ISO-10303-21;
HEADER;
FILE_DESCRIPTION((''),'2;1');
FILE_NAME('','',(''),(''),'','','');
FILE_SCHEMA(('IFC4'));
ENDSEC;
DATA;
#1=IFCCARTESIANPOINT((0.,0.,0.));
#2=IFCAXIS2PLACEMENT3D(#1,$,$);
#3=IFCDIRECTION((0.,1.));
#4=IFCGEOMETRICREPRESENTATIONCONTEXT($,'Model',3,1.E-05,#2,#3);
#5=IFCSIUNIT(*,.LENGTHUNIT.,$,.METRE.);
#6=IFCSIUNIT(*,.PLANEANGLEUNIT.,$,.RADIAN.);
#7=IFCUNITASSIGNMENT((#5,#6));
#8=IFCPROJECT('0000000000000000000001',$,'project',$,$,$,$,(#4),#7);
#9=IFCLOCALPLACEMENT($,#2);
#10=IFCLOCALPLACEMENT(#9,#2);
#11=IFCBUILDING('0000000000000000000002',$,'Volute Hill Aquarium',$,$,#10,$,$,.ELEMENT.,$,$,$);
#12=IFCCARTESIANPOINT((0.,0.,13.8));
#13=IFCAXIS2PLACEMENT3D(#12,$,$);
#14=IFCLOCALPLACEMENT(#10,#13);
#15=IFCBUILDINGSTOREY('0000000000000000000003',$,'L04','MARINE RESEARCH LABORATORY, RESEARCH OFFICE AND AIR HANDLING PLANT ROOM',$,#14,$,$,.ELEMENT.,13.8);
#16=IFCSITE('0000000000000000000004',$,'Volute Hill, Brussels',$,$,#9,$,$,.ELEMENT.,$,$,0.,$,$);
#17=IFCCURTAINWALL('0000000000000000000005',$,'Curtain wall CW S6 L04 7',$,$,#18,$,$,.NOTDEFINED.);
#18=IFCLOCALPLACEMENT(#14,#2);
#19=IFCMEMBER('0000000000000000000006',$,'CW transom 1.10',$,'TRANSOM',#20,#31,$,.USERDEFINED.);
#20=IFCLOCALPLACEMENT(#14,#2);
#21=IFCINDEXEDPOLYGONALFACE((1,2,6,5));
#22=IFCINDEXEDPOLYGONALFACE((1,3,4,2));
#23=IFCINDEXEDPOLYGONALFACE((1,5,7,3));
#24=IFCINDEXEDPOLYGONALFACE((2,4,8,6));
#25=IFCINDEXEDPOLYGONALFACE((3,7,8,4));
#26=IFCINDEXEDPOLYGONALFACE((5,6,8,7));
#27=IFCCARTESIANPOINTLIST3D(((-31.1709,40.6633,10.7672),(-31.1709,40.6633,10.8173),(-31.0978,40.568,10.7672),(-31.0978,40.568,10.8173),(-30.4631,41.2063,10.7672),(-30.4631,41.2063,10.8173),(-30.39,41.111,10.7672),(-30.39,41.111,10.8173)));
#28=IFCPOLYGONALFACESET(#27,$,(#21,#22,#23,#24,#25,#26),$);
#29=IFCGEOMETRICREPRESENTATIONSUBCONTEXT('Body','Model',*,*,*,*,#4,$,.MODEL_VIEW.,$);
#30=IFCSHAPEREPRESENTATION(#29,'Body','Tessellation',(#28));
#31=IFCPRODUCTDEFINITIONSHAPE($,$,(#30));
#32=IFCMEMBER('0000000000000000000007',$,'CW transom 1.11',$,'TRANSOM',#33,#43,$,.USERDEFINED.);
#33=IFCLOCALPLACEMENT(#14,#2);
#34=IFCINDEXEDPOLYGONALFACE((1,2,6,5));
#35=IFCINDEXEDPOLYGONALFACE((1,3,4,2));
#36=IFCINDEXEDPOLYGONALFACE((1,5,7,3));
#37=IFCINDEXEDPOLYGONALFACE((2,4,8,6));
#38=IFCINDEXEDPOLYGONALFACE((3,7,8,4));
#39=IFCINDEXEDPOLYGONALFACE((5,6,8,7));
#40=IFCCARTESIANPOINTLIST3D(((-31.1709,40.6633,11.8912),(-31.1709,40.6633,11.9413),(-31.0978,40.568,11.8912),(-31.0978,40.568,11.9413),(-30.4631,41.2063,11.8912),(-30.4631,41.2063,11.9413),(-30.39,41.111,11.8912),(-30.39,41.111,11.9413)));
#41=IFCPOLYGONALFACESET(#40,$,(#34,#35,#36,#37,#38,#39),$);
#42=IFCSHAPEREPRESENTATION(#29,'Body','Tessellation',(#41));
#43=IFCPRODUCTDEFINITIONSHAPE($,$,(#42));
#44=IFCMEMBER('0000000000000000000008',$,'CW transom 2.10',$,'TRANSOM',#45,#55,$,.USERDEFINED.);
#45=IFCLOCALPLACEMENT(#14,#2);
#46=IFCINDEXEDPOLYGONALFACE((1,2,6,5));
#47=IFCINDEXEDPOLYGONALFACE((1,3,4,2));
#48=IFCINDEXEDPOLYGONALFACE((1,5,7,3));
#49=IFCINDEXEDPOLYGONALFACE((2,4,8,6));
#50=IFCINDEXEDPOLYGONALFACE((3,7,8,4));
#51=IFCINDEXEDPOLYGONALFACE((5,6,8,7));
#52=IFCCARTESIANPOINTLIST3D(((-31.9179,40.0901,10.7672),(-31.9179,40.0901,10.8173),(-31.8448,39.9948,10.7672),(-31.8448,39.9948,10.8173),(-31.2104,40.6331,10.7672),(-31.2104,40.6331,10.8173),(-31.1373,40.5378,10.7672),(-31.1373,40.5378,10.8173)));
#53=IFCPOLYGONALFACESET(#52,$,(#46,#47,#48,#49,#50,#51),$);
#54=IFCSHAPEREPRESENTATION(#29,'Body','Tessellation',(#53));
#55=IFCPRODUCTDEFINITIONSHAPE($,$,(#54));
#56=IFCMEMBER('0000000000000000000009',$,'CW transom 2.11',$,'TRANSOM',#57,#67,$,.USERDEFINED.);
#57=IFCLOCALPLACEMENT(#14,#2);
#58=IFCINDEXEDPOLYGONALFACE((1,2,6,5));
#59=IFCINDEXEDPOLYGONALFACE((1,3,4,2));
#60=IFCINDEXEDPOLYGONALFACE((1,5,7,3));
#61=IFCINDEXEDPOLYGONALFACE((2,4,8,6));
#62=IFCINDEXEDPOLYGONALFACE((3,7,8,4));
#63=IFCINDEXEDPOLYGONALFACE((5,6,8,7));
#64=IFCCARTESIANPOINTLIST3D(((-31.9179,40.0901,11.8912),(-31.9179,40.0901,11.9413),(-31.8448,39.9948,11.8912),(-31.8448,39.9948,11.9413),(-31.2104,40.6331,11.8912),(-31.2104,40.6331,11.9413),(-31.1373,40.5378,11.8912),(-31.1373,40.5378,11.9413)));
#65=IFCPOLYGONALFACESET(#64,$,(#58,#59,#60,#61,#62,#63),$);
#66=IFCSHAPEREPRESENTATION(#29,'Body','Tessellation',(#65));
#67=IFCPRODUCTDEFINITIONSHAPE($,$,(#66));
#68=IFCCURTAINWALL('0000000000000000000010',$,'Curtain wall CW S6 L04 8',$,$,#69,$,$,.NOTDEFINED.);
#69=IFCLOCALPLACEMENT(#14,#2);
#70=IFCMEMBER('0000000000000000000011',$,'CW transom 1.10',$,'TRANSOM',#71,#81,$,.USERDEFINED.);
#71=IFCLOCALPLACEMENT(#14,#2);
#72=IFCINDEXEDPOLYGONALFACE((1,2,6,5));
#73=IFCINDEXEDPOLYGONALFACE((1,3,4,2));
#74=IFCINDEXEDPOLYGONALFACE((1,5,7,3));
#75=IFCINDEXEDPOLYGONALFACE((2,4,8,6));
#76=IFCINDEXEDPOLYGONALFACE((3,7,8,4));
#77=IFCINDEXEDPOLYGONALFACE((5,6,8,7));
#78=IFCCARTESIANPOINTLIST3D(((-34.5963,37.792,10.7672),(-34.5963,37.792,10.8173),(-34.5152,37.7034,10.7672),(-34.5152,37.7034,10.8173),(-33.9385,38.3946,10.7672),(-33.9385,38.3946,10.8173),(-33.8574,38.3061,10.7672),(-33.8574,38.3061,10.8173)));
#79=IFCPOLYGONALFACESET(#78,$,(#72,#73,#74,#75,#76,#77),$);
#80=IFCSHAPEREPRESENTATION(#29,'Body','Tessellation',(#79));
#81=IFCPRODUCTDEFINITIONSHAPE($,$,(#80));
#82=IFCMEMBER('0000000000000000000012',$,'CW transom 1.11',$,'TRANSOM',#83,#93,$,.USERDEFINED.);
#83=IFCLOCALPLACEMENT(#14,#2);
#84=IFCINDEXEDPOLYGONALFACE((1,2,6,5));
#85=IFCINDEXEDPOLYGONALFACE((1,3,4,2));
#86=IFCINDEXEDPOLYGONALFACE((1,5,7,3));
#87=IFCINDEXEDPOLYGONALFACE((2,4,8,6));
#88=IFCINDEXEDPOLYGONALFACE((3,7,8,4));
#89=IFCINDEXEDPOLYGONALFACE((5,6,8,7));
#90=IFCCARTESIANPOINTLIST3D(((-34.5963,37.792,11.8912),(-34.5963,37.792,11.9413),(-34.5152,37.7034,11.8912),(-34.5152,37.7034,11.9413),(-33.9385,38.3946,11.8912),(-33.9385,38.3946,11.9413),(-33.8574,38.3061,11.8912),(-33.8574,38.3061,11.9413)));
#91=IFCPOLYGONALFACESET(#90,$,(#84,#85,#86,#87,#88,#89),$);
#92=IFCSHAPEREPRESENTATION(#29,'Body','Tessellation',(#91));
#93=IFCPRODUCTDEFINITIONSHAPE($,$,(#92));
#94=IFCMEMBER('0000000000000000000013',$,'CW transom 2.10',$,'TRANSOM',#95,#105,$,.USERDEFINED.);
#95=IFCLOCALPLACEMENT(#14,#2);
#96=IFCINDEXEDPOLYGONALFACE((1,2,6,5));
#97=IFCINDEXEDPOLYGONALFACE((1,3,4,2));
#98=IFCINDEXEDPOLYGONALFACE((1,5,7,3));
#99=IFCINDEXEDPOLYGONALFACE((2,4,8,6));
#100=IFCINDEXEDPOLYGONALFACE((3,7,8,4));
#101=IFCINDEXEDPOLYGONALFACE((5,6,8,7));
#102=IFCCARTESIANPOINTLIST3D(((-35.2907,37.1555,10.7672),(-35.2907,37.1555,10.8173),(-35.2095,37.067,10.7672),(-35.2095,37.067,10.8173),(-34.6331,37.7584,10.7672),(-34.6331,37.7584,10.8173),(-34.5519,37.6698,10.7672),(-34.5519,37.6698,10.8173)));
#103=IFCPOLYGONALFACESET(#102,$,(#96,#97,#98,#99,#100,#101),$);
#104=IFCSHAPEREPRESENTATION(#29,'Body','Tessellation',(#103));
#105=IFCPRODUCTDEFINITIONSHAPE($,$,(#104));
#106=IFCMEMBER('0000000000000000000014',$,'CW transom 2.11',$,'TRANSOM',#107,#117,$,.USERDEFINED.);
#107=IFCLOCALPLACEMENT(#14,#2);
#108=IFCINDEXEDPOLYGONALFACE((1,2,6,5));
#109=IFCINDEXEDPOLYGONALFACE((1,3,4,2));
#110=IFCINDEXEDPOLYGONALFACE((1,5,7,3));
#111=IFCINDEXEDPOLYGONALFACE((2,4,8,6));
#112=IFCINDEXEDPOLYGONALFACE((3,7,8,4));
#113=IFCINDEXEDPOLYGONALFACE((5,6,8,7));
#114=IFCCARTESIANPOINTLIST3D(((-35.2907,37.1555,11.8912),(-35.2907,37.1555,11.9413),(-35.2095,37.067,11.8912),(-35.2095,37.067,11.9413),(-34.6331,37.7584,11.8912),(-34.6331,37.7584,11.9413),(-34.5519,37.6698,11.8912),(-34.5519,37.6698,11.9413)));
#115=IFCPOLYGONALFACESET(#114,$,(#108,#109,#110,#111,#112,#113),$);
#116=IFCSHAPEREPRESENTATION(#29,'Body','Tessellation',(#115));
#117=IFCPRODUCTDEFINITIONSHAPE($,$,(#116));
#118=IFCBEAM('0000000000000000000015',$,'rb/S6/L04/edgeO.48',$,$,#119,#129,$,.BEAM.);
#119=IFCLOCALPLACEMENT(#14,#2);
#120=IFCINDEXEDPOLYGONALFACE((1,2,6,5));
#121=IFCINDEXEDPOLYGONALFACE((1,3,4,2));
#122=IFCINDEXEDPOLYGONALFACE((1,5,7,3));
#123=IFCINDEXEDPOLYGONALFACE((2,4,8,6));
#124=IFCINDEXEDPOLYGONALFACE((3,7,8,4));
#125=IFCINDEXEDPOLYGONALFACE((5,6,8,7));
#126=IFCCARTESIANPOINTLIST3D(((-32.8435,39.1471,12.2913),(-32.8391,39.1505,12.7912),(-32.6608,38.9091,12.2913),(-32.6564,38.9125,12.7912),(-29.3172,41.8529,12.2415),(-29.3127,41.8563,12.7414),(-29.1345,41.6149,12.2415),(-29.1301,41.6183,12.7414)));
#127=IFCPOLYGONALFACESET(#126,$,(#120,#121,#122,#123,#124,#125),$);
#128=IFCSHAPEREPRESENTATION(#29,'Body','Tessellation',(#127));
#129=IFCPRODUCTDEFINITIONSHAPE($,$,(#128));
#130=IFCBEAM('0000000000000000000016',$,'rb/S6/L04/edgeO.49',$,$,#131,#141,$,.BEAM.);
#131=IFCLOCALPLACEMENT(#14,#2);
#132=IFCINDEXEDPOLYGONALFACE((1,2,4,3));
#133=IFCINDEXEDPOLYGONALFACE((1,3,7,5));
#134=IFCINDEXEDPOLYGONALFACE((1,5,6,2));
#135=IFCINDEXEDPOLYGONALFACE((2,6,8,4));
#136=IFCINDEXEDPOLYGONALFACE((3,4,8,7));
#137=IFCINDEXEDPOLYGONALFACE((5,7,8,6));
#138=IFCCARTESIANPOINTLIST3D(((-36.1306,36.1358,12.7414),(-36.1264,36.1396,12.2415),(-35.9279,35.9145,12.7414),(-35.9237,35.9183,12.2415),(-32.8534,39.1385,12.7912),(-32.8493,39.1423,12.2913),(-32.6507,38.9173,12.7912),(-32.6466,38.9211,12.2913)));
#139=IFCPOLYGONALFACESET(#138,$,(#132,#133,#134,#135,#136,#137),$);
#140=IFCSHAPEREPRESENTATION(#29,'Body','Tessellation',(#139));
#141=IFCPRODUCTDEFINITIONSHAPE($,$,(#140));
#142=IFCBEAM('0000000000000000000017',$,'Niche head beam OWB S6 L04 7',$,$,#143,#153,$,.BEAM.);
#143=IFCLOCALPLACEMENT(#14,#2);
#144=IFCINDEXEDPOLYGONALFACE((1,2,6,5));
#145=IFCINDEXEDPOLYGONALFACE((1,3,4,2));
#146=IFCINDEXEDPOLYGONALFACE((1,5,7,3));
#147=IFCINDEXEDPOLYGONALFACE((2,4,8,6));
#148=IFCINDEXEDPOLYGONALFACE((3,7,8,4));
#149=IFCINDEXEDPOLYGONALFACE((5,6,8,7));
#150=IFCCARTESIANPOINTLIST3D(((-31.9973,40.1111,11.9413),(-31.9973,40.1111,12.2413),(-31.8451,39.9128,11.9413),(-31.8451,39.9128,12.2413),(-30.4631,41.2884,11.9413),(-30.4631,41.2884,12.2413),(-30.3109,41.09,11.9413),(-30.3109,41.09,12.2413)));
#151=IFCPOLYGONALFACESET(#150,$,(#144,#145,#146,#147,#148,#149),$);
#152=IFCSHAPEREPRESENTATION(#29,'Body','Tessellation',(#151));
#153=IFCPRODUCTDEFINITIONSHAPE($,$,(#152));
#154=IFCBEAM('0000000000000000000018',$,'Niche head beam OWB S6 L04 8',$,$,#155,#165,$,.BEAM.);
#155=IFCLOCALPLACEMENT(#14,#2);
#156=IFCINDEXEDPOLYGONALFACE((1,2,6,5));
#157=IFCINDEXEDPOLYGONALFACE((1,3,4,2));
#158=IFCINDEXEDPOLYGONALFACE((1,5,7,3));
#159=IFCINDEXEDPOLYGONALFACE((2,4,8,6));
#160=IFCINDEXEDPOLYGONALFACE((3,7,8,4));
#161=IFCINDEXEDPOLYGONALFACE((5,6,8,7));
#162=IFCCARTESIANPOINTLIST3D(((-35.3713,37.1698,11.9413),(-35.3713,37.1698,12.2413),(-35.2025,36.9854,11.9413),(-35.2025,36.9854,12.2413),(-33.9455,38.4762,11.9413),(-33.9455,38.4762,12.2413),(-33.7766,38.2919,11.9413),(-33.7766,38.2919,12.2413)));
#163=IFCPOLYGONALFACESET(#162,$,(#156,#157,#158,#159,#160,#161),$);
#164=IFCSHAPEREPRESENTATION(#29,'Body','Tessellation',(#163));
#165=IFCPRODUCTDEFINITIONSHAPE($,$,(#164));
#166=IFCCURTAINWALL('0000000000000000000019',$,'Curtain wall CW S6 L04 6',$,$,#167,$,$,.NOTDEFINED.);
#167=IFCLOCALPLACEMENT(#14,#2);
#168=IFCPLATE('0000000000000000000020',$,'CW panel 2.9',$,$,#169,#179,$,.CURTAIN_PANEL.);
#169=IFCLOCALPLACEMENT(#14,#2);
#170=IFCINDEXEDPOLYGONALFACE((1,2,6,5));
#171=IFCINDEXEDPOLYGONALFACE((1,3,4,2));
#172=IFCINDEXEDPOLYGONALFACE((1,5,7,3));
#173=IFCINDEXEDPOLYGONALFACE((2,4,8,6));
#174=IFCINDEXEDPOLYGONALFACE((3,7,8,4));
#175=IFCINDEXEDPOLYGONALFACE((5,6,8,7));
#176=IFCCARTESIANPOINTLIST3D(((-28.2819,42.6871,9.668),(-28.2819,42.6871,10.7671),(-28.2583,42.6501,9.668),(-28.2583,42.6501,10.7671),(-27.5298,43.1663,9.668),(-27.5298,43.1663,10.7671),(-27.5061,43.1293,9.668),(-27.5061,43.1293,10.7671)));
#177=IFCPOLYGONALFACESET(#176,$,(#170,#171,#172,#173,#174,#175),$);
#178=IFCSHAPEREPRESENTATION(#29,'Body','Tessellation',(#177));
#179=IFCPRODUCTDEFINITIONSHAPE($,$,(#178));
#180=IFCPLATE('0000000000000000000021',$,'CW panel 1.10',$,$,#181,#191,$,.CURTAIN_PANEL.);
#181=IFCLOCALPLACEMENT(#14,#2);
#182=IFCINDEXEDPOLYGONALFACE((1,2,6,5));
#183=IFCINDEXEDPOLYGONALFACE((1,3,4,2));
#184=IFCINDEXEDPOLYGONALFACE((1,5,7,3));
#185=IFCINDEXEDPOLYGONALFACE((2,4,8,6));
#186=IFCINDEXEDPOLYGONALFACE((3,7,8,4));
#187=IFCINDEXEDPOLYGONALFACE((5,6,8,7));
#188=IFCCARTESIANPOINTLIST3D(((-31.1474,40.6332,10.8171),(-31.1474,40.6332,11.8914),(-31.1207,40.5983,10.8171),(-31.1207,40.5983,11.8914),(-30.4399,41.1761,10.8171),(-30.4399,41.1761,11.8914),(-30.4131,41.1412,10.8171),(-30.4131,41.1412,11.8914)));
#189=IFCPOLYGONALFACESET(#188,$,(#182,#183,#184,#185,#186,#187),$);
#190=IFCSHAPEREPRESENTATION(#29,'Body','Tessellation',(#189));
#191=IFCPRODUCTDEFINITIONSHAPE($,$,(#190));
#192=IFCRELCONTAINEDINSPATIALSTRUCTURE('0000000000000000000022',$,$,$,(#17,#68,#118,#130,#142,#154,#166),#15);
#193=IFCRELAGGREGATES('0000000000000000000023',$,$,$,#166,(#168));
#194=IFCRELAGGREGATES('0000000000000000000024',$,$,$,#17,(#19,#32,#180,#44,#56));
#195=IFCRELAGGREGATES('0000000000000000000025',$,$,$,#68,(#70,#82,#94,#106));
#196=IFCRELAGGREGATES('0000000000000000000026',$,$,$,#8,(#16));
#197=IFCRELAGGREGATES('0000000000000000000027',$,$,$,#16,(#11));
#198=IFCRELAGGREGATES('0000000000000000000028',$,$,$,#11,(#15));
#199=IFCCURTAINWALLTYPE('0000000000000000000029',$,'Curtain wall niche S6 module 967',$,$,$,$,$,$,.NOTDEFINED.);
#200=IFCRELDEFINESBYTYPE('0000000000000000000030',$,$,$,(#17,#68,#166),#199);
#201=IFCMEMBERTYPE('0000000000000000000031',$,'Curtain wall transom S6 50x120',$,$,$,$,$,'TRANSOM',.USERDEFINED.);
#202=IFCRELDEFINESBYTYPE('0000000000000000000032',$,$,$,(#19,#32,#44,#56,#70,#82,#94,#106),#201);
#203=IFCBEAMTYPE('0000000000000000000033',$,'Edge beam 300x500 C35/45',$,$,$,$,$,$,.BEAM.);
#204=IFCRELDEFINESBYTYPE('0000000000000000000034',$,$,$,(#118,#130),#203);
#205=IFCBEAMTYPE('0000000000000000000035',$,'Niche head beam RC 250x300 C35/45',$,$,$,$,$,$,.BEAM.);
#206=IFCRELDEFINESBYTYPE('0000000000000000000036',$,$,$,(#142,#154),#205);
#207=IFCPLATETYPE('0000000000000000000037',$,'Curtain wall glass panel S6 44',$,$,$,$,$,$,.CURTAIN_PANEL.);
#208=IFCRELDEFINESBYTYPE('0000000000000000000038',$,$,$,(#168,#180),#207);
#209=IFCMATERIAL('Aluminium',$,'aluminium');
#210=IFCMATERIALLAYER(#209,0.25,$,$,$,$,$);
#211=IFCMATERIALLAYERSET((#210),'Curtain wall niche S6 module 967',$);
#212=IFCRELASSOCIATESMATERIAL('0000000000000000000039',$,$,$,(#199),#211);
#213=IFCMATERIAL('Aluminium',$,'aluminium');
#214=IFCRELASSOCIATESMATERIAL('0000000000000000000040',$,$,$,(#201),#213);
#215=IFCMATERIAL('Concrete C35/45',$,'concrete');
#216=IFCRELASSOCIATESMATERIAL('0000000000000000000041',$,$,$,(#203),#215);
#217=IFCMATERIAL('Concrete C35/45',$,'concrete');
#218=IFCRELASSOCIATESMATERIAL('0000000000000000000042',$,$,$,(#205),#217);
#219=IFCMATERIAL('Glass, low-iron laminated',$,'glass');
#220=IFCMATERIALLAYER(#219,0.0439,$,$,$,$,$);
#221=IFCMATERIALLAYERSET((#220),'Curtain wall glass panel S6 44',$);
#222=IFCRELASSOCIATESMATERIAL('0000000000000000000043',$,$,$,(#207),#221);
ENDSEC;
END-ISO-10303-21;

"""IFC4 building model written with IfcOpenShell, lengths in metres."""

from ifc_helpers import new_model, si_unit, direction, frame, origin, origin_2d, place, context, subcontext, project, spatial, rectangle, extrude, material, layer, layer_set, material_profile, profile_set, type_object, element, aggregate, save


model = new_model("IFC4")

# Units and contexts
model_context = context("Model", 3, precision=1e-05, world=origin(), true_north=direction((0.0, 1.0)))
body_context = subcontext(model_context, "Body", "Model", "MODEL_VIEW")
ifc_project = project(units=[si_unit("LENGTHUNIT", "METRE"), si_unit("PLANEANGLEUNIT", "RADIAN")], contexts=[model_context])

# Site, building, storey
site_placement = place(None, origin())
site = spatial("IfcSite", under=ifc_project, at=site_placement, Name="Volute Hill, Brussels", CompositionType="ELEMENT", RefElevation=0.0)
building_placement = place(site_placement, origin())
building = spatial("IfcBuilding", under=site, at=building_placement, Name="Volute Hill Aquarium", CompositionType="ELEMENT")
storey_placement = place(building_placement, frame((0.0, 0.0, 13.8)))
storey = spatial("IfcBuildingStorey", under=building, at=storey_placement, Name="L04", Description="MARINE RESEARCH LABORATORY, RESEARCH OFFICE AND AIR HANDLING PLANT ROOM", CompositionType="ELEMENT", Elevation=13.8)

# Curtain walls, members
ifc_material_1 = material(Name="Aluminium", Category="aluminium")
ifc_layer_1 = layer(ifc_material_1, 0.25)
ifc_layer_set_1 = layer_set([ifc_layer_1], Name="Curtain wall niche S6 module 967")
curtain_wall_type = type_object("IfcCurtainWallType", Name="Curtain wall niche S6 module 967", PredefinedType="NOTDEFINED", material=ifc_layer_set_1)
curtain_wall_1_placement = place(storey_placement, origin())
curtain_wall_1 = element("IfcCurtainWall", 1, at=curtain_wall_1_placement, inside=storey, type_object=curtain_wall_type, Name="Curtain wall CW S6 L04 7", PredefinedType="NOTDEFINED")
ifc_material_2 = material(Name="Aluminium", Category="aluminium")
ifc_material_profile_1 = material_profile(ifc_material_2, rectangle(XDim=0.1201, YDim=0.05, at=origin_2d()), Name="Curtain wall transom S6 50x120")
ifc_profile_set_1 = profile_set([ifc_material_profile_1], Name="Aluminium")
member_type = type_object("IfcMemberType", Name="Curtain wall transom S6 50x120", ElementType="TRANSOM", PredefinedType="USERDEFINED", material=ifc_profile_set_1)
member_1_placement = place(storey_placement, frame((-30.4265, 41.1587, 10.7922), z_axis=(-0.793417, -0.608679, 0.0), x_axis=(0.608679, -0.793417, 0.0)))
member_1 = element("IfcMember", 2, at=member_1_placement, type_object=member_type, Name="CW transom 1.10", ObjectType="TRANSOM", PredefinedType="USERDEFINED", context=body_context, shape_type="SweptSolid", body=[
    extrude(rectangle(XDim=0.1201, YDim=0.05, at=origin_2d()), origin(), (0.0, 0.0, 1.0), 0.8921),
])
member_2_placement = place(storey_placement, frame((-30.4265, 41.1587, 11.9163), z_axis=(-0.793417, -0.608679, 0.0), x_axis=(0.608679, -0.793417, 0.0)))
member_2 = element("IfcMember", 3, at=member_2_placement, type_object=member_type, Name="CW transom 1.11", ObjectType="TRANSOM", PredefinedType="USERDEFINED", context=body_context, shape_type="SweptSolid", body=[
    extrude(rectangle(XDim=0.1201, YDim=0.05, at=origin_2d()), origin(), (0.0, 0.0, 1.0), 0.8921),
])
member_3_placement = place(storey_placement, frame((-31.1738, 40.5854, 10.7922), z_axis=(-0.793315, -0.608811, 0.0), x_axis=(0.608811, -0.793315, 0.0)))
member_3 = element("IfcMember", 4, at=member_3_placement, type_object=member_type, Name="CW transom 2.10", ObjectType="TRANSOM", PredefinedType="USERDEFINED", context=body_context, shape_type="SweptSolid", body=[
    extrude(rectangle(XDim=0.1201, YDim=0.05, at=origin_2d()), origin(), (0.0, 0.0, 1.0), 0.8918),
])
member_4_placement = place(storey_placement, frame((-31.1738, 40.5854, 11.9163), z_axis=(-0.793315, -0.608811, 0.0), x_axis=(0.608811, -0.793315, 0.0)))
member_4 = element("IfcMember", 5, at=member_4_placement, type_object=member_type, Name="CW transom 2.11", ObjectType="TRANSOM", PredefinedType="USERDEFINED", context=body_context, shape_type="SweptSolid", body=[
    extrude(rectangle(XDim=0.1201, YDim=0.05, at=origin_2d()), origin(), (0.0, 0.0, 1.0), 0.8918),
])
curtain_wall_2_placement = place(storey_placement, origin())
curtain_wall_2 = element("IfcCurtainWall", 6, at=curtain_wall_2_placement, inside=storey, type_object=curtain_wall_type, Name="Curtain wall CW S6 L04 8", PredefinedType="NOTDEFINED")
member_5_placement = place(storey_placement, frame((-33.8979, 38.3503, 10.7922), z_axis=(-0.737359, -0.675502, 0.0), x_axis=(0.675502, -0.737359, 0.0)))
member_5 = element("IfcMember", 7, at=member_5_placement, type_object=member_type, Name="CW transom 1.10", ObjectType="TRANSOM", PredefinedType="USERDEFINED", context=body_context, shape_type="SweptSolid", body=[
    extrude(rectangle(XDim=0.1201, YDim=0.05, at=origin_2d()), origin(), (0.0, 0.0, 1.0), 0.8921),
])
member_6_placement = place(storey_placement, frame((-33.8979, 38.3503, 11.9163), z_axis=(-0.737359, -0.675502, 0.0), x_axis=(0.675502, -0.737359, 0.0)))
member_6 = element("IfcMember", 8, at=member_6_placement, type_object=member_type, Name="CW transom 1.11", ObjectType="TRANSOM", PredefinedType="USERDEFINED", context=body_context, shape_type="SweptSolid", body=[
    extrude(rectangle(XDim=0.1201, YDim=0.05, at=origin_2d()), origin(), (0.0, 0.0, 1.0), 0.8921),
])
member_7_placement = place(storey_placement, frame((-34.5925, 37.7141, 10.7922), z_axis=(-0.737097, -0.675787, 0.0), x_axis=(0.675787, -0.737097, 0.0)))
member_7 = element("IfcMember", 9, at=member_7_placement, type_object=member_type, Name="CW transom 2.10", ObjectType="TRANSOM", PredefinedType="USERDEFINED", context=body_context, shape_type="SweptSolid", body=[
    extrude(rectangle(XDim=0.1201, YDim=0.05, at=origin_2d()), origin(), (0.0, 0.0, 1.0), 0.8921),
])
member_8_placement = place(storey_placement, frame((-34.5925, 37.7141, 11.9163), z_axis=(-0.737097, -0.675787, 0.0), x_axis=(0.675787, -0.737097, 0.0)))
member_8 = element("IfcMember", 10, at=member_8_placement, type_object=member_type, Name="CW transom 2.11", ObjectType="TRANSOM", PredefinedType="USERDEFINED", context=body_context, shape_type="SweptSolid", body=[
    extrude(rectangle(XDim=0.1201, YDim=0.05, at=origin_2d()), origin(), (0.0, 0.0, 1.0), 0.8921),
])

# Beams
ifc_material_3 = material(Name="Concrete C35/45", Category="concrete")
ifc_material_profile_2 = material_profile(ifc_material_3, rectangle(XDim=0.3, YDim=0.5, at=origin_2d()), Name="RC edge beam 300x500")
ifc_profile_set_2 = profile_set([ifc_material_profile_2], Name="Concrete C35/45")
beam_type_1 = type_object("IfcBeamType", Name="Edge beam 300x500 C35/45", PredefinedType="BEAM", material=ifc_profile_set_2)
for number, where, z_axis, x_axis, name in (
    (11, (-29.2236, 41.7356, 12.4915), (-0.793311, -0.608714, 0.011204), (0.608752, -0.793361, 0.0), "rb/S6/L04/edgeO.48"),
    (12, (-32.75, 39.0298, 12.5413), (-0.737256, -0.675521, -0.011205), (0.675563, -0.737302, 0.0), "rb/S6/L04/edgeO.49"),
):
    element("IfcBeam", number, at=place(storey_placement, frame(where, z_axis=z_axis, x_axis=x_axis)), inside=storey, type_object=beam_type_1, Name=name, PredefinedType="BEAM", context=body_context, shape_type="SweptSolid", body=[
        extrude(rectangle(XDim=0.3, YDim=0.5, at=origin_2d()), origin(), (0.0, 0.0, 1.0), 4.4451),
    ])
ifc_material_4 = material(Name="Concrete C35/45", Category="concrete")
ifc_material_profile_3 = material_profile(ifc_material_4, rectangle(XDim=0.25, YDim=0.3, at=origin_2d()), Name="RC beam 250x300")
ifc_profile_set_3 = profile_set([ifc_material_profile_3], Name="Concrete C35/45")
beam_type_2 = type_object("IfcBeamType", Name="Niche head beam RC 250x300 C35/45", PredefinedType="BEAM", material=ifc_profile_set_3)
for number, where, z_axis, x_axis, name in (
    (13, (-30.387, 41.1892, 12.0913), (-0.793346, -0.608771, 0.0), (0.608771, -0.793346, 0.0), "Niche head beam OWB S6 L04 7"),
    (14, (-33.8611, 38.384, 12.0913), (-0.737301, -0.675565, 0.0), (0.675565, -0.737301, 0.0), "Niche head beam OWB S6 L04 8"),
):
    element("IfcBeam", number, at=place(storey_placement, frame(where, z_axis=z_axis, x_axis=x_axis)), inside=storey, type_object=beam_type_2, Name=name, PredefinedType="BEAM", context=body_context, shape_type="SweptSolid", body=[
        extrude(rectangle(XDim=0.25, YDim=0.3, at=origin_2d()), origin(), (0.0, 0.0, 1.0), 1.9338),
    ])

# Curtain wall, plate
curtain_wall_3_placement = place(storey_placement, origin())
curtain_wall_3 = element("IfcCurtainWall", 15, at=curtain_wall_3_placement, inside=storey, type_object=curtain_wall_type, Name="Curtain wall CW S6 L04 6", PredefinedType="NOTDEFINED")
ifc_material_5 = material(Name="Glass, low-iron laminated", Category="glass")
ifc_layer_2 = layer(ifc_material_5, 0.0439)
ifc_layer_set_2 = layer_set([ifc_layer_2], Name="Curtain wall glass panel S6 44")
plate_type = type_object("IfcPlateType", Name="Curtain wall glass panel S6 44", PredefinedType="CURTAIN_PANEL", material=ifc_layer_set_2)
plate_1_placement = place(storey_placement, frame((-27.894, 42.9082, 9.668), z_axis=(0.0, 0.0, 1.0), x_axis=(-0.843395, -0.537295, 0.0)))
plate_1 = element("IfcPlate", 16, at=plate_1_placement, type_object=plate_type, Name="CW panel 2.9", PredefinedType="CURTAIN_PANEL", context=body_context, shape_type="SweptSolid", body=[
    extrude(rectangle(XDim=0.8918, YDim=0.0439, at=origin_2d()), origin(), (0.0, 0.0, 1.0), 1.0991),
])
aggregate(curtain_wall_3, [plate_1])

# Plate
plate_2_placement = place(storey_placement, frame((-30.7803, 40.8872, 10.8171), z_axis=(0.0, 0.0, 1.0), x_axis=(-0.793348, -0.608769, 0.0)))
plate_2 = element("IfcPlate", 17, at=plate_2_placement, type_object=plate_type, Name="CW panel 1.10", PredefinedType="CURTAIN_PANEL", context=body_context, shape_type="SweptSolid", body=[
    extrude(rectangle(XDim=0.8918, YDim=0.0439, at=origin_2d()), origin(), (0.0, 0.0, 1.0), 1.0742),
])
aggregate(curtain_wall_1, [member_1, member_2, plate_2, member_3, member_4])
aggregate(curtain_wall_2, [member_5, member_6, member_7, member_8])

save(model, "model.ifc")
